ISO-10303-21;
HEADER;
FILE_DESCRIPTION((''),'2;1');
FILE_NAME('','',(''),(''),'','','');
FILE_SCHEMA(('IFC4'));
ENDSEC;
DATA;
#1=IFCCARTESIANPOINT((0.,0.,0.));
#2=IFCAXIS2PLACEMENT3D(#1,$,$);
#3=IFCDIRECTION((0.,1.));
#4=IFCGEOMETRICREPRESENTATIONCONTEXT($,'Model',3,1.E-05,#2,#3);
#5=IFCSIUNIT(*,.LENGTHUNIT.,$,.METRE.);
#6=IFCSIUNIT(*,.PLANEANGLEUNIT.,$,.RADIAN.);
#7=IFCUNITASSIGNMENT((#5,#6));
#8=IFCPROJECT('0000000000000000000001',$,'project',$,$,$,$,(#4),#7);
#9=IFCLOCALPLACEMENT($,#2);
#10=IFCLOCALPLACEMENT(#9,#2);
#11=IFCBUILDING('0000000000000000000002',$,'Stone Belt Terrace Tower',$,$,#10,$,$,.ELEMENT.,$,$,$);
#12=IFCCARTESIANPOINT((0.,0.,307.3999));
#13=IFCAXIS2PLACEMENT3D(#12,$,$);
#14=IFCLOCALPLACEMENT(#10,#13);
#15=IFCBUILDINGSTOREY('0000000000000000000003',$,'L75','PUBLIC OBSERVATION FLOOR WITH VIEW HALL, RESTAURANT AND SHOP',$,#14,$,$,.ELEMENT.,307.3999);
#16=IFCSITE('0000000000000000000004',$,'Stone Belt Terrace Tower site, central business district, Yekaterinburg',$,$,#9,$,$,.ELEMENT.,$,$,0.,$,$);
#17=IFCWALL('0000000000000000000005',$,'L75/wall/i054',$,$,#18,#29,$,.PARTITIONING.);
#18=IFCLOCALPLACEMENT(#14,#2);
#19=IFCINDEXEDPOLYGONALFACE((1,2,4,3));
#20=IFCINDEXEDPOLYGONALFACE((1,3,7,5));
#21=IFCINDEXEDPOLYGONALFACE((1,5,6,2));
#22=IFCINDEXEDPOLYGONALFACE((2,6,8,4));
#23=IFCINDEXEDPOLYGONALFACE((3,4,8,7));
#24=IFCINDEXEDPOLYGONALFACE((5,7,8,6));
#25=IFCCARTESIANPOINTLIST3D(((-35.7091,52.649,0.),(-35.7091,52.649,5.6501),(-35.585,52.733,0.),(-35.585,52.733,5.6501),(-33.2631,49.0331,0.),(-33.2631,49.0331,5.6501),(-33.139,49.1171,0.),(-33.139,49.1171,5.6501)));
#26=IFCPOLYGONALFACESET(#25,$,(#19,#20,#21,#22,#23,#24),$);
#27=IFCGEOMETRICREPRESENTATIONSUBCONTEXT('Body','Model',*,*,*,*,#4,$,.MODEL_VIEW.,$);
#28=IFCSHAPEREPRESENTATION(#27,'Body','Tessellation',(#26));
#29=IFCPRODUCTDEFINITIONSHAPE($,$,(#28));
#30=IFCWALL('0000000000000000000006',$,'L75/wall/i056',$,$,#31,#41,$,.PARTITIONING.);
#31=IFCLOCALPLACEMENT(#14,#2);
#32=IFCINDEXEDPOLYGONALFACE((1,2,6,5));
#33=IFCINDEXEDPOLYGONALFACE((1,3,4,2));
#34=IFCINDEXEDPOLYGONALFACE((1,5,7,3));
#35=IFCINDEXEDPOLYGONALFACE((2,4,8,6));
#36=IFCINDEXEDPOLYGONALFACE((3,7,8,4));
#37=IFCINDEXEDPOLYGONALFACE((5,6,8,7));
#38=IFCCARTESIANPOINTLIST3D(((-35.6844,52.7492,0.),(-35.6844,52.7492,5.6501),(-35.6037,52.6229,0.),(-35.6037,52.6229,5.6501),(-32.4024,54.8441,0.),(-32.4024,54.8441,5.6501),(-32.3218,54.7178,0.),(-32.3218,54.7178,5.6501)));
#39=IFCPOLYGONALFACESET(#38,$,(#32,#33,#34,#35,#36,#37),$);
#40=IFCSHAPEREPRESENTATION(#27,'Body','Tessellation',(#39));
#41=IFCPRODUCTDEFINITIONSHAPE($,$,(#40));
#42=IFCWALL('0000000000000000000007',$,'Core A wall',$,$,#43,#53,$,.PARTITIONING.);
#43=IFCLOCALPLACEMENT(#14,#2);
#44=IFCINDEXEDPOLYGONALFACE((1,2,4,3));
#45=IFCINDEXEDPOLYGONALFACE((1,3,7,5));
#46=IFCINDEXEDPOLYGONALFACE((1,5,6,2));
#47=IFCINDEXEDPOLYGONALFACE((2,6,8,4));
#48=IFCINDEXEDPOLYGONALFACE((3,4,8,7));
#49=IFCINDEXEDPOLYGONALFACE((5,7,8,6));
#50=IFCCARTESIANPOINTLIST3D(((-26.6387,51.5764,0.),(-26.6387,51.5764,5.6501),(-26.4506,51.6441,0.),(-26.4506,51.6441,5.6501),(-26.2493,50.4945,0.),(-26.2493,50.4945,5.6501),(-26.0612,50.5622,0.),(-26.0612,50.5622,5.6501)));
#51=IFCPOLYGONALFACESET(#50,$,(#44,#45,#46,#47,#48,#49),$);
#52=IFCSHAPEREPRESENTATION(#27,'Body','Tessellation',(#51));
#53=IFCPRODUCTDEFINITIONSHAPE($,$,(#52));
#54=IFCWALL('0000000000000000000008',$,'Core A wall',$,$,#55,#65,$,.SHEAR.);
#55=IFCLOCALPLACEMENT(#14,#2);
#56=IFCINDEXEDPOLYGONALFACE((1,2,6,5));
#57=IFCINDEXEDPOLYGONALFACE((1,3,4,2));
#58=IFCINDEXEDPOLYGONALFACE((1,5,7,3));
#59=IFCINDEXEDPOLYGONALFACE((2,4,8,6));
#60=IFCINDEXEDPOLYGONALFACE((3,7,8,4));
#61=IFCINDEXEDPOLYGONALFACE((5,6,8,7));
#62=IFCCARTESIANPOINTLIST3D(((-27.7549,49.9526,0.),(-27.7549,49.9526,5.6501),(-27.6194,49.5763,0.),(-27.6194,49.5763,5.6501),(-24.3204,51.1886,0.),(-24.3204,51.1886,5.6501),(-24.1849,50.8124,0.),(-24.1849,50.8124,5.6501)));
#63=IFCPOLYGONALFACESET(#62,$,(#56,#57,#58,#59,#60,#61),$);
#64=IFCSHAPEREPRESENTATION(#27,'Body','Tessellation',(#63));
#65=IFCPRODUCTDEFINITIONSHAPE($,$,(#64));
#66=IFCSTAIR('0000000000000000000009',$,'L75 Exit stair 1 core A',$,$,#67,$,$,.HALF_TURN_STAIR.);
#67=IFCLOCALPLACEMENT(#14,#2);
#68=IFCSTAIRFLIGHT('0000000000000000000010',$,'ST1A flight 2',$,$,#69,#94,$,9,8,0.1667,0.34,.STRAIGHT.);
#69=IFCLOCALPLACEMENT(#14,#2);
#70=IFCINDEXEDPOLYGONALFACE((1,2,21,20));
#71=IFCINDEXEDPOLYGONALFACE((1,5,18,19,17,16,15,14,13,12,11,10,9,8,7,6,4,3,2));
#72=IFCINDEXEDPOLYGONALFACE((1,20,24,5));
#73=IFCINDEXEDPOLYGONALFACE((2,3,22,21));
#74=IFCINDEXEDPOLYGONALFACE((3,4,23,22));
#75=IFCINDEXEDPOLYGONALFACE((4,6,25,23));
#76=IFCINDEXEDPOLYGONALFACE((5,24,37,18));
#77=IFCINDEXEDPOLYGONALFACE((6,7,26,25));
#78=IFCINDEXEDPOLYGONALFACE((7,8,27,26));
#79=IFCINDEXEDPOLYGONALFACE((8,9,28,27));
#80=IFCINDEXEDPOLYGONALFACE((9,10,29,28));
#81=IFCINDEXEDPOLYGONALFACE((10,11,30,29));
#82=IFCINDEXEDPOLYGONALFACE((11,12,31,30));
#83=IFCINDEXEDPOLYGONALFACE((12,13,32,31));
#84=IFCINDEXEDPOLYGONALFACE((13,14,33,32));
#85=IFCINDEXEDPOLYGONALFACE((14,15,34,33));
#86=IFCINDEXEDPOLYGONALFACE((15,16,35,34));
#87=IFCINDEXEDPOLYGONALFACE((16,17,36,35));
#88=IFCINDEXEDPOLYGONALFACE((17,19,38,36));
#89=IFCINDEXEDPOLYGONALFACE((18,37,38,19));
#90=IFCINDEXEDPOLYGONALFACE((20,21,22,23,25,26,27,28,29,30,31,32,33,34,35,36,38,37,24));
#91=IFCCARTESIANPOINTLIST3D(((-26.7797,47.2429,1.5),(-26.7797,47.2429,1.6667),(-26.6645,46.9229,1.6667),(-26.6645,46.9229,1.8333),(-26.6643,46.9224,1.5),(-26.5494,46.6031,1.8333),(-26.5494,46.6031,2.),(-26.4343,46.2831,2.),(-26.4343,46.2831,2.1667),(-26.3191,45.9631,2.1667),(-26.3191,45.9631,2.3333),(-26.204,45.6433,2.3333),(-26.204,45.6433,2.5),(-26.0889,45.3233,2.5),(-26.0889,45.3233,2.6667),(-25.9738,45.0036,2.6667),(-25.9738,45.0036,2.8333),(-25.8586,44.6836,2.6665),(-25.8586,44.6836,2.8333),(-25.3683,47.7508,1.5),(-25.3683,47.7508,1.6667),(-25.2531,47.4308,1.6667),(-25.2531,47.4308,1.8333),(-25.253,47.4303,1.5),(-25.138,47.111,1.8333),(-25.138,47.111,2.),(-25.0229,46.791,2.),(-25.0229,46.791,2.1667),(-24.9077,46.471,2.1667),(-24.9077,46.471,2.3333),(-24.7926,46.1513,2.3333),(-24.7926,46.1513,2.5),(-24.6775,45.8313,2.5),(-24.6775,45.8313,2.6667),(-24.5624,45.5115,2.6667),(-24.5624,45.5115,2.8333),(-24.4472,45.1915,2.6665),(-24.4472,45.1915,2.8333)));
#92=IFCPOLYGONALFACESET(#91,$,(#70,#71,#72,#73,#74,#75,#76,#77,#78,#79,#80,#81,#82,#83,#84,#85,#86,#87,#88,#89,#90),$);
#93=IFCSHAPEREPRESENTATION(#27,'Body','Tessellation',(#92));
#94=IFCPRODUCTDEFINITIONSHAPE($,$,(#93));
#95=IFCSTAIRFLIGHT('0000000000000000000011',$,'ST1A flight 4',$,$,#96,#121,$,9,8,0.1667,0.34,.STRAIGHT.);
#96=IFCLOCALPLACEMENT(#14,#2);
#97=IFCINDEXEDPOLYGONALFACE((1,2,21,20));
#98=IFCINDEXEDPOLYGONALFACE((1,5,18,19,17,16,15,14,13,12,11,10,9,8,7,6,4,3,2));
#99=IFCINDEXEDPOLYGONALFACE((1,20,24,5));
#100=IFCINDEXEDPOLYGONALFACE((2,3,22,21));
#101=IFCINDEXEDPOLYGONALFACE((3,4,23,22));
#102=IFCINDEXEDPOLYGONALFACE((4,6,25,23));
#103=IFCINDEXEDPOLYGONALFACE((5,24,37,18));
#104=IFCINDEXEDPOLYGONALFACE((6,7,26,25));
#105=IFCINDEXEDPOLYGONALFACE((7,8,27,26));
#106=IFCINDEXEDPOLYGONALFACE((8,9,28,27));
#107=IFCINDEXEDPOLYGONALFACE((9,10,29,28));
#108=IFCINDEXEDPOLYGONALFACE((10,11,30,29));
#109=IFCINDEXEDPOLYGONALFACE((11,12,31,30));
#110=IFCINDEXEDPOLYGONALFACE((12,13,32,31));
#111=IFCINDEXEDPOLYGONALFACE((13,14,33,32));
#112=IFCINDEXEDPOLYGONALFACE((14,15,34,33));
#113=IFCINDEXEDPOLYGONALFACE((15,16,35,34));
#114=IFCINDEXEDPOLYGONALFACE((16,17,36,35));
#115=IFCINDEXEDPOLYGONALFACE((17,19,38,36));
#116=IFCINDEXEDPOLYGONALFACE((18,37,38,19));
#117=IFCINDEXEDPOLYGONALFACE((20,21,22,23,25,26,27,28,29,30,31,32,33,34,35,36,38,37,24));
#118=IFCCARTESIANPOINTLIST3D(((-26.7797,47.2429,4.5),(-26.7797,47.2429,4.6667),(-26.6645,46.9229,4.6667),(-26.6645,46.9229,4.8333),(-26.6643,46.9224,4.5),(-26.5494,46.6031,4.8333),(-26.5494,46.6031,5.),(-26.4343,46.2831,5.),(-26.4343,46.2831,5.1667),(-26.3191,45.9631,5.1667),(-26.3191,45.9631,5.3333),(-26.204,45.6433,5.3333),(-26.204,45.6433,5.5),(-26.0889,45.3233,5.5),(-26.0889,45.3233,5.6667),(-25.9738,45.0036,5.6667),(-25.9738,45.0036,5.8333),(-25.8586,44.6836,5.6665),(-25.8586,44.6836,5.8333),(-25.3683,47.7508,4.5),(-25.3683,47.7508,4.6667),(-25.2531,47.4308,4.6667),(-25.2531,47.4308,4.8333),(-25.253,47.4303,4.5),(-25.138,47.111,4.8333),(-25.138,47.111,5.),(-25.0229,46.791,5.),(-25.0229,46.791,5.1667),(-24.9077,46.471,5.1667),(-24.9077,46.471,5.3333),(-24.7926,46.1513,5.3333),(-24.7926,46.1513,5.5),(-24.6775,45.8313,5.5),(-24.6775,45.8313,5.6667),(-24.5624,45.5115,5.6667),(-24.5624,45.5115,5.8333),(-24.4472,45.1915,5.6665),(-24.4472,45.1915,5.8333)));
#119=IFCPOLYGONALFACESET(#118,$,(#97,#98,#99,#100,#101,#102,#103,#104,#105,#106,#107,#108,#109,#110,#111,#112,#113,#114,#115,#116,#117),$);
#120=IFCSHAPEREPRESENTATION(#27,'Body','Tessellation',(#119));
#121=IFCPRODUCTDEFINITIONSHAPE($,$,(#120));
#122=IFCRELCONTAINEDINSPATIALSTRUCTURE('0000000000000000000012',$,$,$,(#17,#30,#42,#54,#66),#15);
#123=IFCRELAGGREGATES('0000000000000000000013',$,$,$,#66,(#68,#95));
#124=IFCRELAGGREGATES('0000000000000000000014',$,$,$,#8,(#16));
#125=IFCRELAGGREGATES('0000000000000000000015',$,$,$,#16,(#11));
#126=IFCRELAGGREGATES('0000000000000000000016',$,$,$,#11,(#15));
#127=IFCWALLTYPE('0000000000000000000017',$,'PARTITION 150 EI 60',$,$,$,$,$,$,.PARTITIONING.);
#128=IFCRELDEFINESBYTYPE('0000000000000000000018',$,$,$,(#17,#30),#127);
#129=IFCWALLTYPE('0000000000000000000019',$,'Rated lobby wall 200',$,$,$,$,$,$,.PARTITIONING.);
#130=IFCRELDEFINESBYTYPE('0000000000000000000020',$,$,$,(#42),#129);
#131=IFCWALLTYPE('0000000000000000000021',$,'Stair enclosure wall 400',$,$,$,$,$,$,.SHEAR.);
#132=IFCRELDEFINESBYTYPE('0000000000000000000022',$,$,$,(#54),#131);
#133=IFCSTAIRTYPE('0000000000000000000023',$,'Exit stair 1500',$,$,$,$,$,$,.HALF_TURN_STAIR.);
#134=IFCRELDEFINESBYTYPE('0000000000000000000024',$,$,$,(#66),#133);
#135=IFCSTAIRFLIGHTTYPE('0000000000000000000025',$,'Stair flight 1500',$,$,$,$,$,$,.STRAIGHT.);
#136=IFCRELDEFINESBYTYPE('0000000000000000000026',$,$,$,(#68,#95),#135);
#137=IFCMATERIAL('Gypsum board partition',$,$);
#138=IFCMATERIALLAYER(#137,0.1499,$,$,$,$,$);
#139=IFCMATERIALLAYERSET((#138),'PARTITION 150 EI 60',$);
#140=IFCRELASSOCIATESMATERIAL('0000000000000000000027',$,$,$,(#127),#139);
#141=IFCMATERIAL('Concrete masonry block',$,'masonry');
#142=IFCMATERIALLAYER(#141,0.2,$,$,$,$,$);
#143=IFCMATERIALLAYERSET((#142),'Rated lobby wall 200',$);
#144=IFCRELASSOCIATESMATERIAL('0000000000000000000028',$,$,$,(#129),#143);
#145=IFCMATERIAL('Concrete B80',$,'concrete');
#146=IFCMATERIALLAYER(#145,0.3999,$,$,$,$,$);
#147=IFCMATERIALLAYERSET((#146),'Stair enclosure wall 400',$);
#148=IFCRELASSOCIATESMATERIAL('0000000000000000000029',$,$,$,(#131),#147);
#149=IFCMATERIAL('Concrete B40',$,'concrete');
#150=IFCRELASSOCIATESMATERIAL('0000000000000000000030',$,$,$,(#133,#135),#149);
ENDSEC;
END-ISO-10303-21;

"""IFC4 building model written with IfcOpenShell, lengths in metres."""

from ifc_helpers import new_model, si_unit, direction, frame, frame_2d, origin, place, context, subcontext, project, spatial, polyline, rectangle, outline, extrude, material, layer, layer_set, type_object, element, aggregate, save


model = new_model("IFC4")

# Units and contexts
model_context = context("Model", 3, precision=1e-05, world=origin(), true_north=direction((0.0, 1.0)))
body_context = subcontext(model_context, "Body", "Model", "MODEL_VIEW")
ifc_project = project(units=[si_unit("LENGTHUNIT", "METRE"), si_unit("PLANEANGLEUNIT", "RADIAN")], contexts=[model_context])

# Site, building, storey
site_placement = place(None, origin())
site = spatial("IfcSite", under=ifc_project, at=site_placement, Name="Stone Belt Terrace Tower site, central business district, Yekaterinburg", CompositionType="ELEMENT", RefElevation=0.0)
building_placement = place(site_placement, origin())
building = spatial("IfcBuilding", under=site, at=building_placement, Name="Stone Belt Terrace Tower", CompositionType="ELEMENT")
storey_placement = place(building_placement, frame((0.0, 0.0, 307.3999)))
storey = spatial("IfcBuildingStorey", under=building, at=storey_placement, Name="L75", Description="PUBLIC OBSERVATION FLOOR WITH VIEW HALL, RESTAURANT AND SHOP", CompositionType="ELEMENT", Elevation=307.3999)

# Shared definitions
ifc_material_1 = material(Name="Concrete B80", Category="concrete")
ifc_material_2 = material(Name="Gypsum board partition")
ifc_layer_1 = layer(ifc_material_2, 0.1499)
ifc_layer_set_1 = layer_set([ifc_layer_1], Name="PARTITION 150 EI 60")
wall_type_1 = type_object("IfcWallType", Name="PARTITION 150 EI 60", PredefinedType="PARTITIONING", material=ifc_layer_set_1)

# Walls
wall_1_placement = place(storey_placement, frame((-35.647, 52.6909, 0.0), z_axis=(0.0, 0.0, 1.0), x_axis=(0.560301, -0.828289, 0.0)))
element("IfcWall", 1, at=wall_1_placement, inside=storey, type_object=wall_type_1, Name="L75/wall/i054", PredefinedType="PARTITIONING", context=body_context, shape_type="SweptSolid", body=[
    extrude(rectangle(XDim=4.3655, YDim=0.1499, at=frame_2d((2.1826, 0.0))), origin(), (0.0, 0.0, 1.0), 5.6501),
])
wall_2_placement = place(storey_placement, frame((-35.644, 52.686, 0.0), z_axis=(0.0, 0.0, 1.0), x_axis=(0.842912, 0.538052, 0.0)))
element("IfcWall", 2, at=wall_2_placement, inside=storey, type_object=wall_type_1, Name="L75/wall/i056", PredefinedType="PARTITIONING", context=body_context, shape_type="SweptSolid", body=[
    extrude(rectangle(XDim=3.8936, YDim=0.1499, at=frame_2d((1.9468, 0.0))), origin(), (0.0, 0.0, 1.0), 5.6501),
])
ifc_material_3 = material(Name="Concrete masonry block", Category="masonry")
ifc_layer_2 = layer(ifc_material_3, 0.2)
ifc_layer_set_2 = layer_set([ifc_layer_2], Name="Rated lobby wall 200")
wall_type_2 = type_object("IfcWallType", Name="Rated lobby wall 200", PredefinedType="PARTITIONING", material=ifc_layer_set_2)
wall_3_placement = place(storey_placement, frame((-26.1553, 50.5283, 0.0), z_axis=(0.0, 0.0, 1.0), x_axis=(-0.338622, 0.940923, 0.0)))
element("IfcWall", 3, at=wall_3_placement, inside=storey, type_object=wall_type_2, Name="Core A wall", PredefinedType="PARTITIONING", context=body_context, shape_type="SweptSolid", body=[
    extrude(rectangle(XDim=1.1499, YDim=0.2, at=frame_2d((0.575, 0.0))), origin(), (0.0, 0.0, 1.0), 5.6501),
])
ifc_layer_3 = layer(ifc_material_1, 0.3999)
ifc_layer_set_3 = layer_set([ifc_layer_3], Name="Stair enclosure wall 400")
wall_type_3 = type_object("IfcWallType", Name="Stair enclosure wall 400", PredefinedType="SHEAR", material=ifc_layer_set_3)
wall_4_placement = place(storey_placement, frame((-27.6873, 49.7644, 0.0), z_axis=(0.0, 0.0, 1.0), x_axis=(0.940919, 0.338632, 0.0)))
element("IfcWall", 4, at=wall_4_placement, inside=storey, type_object=wall_type_3, Name="Core A wall", PredefinedType="SHEAR", context=body_context, shape_type="SweptSolid", body=[
    extrude(rectangle(XDim=3.6501, YDim=0.3999, at=frame_2d((1.8252, 0.0))), origin(), (0.0, 0.0, 1.0), 5.6501),
])

# Stair, stair flights
ifc_material_4 = material(Name="Concrete B40", Category="concrete")
stair_type = type_object("IfcStairType", Name="Exit stair 1500", PredefinedType="HALF_TURN_STAIR", material=ifc_material_4)
stair_placement = place(storey_placement, origin())
stair = element("IfcStair", 5, at=stair_placement, inside=storey, type_object=stair_type, Name="L75 Exit stair 1 core A", PredefinedType="HALF_TURN_STAIR")
stair_flight_type = type_object("IfcStairFlightType", Name="Stair flight 1500", PredefinedType="STRAIGHT", material=ifc_material_4)
stair_flight_1_placement = place(storey_placement, frame((-26.074, 47.4968, 1.5), z_axis=(0.0, 0.0, 1.0), x_axis=(0.338624, -0.940922, 0.0)))
stair_flight_1 = element("IfcStairFlight", 6, at=stair_flight_1_placement, type_object=stair_flight_type, Name="ST1A flight 2", NumberOfRisers=9, NumberOfTreads=8, PredefinedType="STRAIGHT", RiserHeight=0.1667, TreadLength=0.34, context=body_context, shape_type="SweptSolid", body=[
    extrude(outline(polyline([(0.0, 0.0), (0.0, 0.1667), (0.3401, 0.1667), (0.3401, 0.3333), (0.6799, 0.3333), (0.6799, 0.5), (1.02, 0.5), (1.02, 0.6667), (1.3601, 0.6667), (1.3601, 0.8333), (1.7, 0.8333), (1.7, 1.0), (2.04, 1.0), (2.04, 1.1667), (2.3799, 1.1667), (2.3799, 1.3333), (2.72, 1.3333), (2.72, 1.5), (2.72, 1.1665), (0.3406, 0.0), (0.0, 0.0)])), frame((0.0, 0.75, 0.0), z_axis=(0.0, -1.0, 0.0), x_axis=(1.0, 0.0, 0.0)), (0.0, 0.0, 1.0), 1.5),
])
stair_flight_2_placement = place(storey_placement, frame((-26.074, 47.4968, 4.5), z_axis=(0.0, 0.0, 1.0), x_axis=(0.338624, -0.940922, 0.0)))
stair_flight_2 = element("IfcStairFlight", 7, at=stair_flight_2_placement, type_object=stair_flight_type, Name="ST1A flight 4", NumberOfRisers=9, NumberOfTreads=8, PredefinedType="STRAIGHT", RiserHeight=0.1667, TreadLength=0.34, context=body_context, shape_type="SweptSolid", body=[
    extrude(outline(polyline([(0.0, 0.0), (0.0, 0.1667), (0.3401, 0.1667), (0.3401, 0.3333), (0.6799, 0.3333), (0.6799, 0.5), (1.02, 0.5), (1.02, 0.6667), (1.3601, 0.6667), (1.3601, 0.8333), (1.7, 0.8333), (1.7, 1.0), (2.04, 1.0), (2.04, 1.1667), (2.3799, 1.1667), (2.3799, 1.3333), (2.72, 1.3333), (2.72, 1.5), (2.72, 1.1665), (0.3406, 0.0), (0.0, 0.0)])), frame((0.0, 0.75, 0.0), z_axis=(0.0, -1.0, 0.0), x_axis=(1.0, 0.0, 0.0)), (0.0, 0.0, 1.0), 1.5),
])
aggregate(stair, [stair_flight_1, stair_flight_2])

save(model, "model.ifc")
